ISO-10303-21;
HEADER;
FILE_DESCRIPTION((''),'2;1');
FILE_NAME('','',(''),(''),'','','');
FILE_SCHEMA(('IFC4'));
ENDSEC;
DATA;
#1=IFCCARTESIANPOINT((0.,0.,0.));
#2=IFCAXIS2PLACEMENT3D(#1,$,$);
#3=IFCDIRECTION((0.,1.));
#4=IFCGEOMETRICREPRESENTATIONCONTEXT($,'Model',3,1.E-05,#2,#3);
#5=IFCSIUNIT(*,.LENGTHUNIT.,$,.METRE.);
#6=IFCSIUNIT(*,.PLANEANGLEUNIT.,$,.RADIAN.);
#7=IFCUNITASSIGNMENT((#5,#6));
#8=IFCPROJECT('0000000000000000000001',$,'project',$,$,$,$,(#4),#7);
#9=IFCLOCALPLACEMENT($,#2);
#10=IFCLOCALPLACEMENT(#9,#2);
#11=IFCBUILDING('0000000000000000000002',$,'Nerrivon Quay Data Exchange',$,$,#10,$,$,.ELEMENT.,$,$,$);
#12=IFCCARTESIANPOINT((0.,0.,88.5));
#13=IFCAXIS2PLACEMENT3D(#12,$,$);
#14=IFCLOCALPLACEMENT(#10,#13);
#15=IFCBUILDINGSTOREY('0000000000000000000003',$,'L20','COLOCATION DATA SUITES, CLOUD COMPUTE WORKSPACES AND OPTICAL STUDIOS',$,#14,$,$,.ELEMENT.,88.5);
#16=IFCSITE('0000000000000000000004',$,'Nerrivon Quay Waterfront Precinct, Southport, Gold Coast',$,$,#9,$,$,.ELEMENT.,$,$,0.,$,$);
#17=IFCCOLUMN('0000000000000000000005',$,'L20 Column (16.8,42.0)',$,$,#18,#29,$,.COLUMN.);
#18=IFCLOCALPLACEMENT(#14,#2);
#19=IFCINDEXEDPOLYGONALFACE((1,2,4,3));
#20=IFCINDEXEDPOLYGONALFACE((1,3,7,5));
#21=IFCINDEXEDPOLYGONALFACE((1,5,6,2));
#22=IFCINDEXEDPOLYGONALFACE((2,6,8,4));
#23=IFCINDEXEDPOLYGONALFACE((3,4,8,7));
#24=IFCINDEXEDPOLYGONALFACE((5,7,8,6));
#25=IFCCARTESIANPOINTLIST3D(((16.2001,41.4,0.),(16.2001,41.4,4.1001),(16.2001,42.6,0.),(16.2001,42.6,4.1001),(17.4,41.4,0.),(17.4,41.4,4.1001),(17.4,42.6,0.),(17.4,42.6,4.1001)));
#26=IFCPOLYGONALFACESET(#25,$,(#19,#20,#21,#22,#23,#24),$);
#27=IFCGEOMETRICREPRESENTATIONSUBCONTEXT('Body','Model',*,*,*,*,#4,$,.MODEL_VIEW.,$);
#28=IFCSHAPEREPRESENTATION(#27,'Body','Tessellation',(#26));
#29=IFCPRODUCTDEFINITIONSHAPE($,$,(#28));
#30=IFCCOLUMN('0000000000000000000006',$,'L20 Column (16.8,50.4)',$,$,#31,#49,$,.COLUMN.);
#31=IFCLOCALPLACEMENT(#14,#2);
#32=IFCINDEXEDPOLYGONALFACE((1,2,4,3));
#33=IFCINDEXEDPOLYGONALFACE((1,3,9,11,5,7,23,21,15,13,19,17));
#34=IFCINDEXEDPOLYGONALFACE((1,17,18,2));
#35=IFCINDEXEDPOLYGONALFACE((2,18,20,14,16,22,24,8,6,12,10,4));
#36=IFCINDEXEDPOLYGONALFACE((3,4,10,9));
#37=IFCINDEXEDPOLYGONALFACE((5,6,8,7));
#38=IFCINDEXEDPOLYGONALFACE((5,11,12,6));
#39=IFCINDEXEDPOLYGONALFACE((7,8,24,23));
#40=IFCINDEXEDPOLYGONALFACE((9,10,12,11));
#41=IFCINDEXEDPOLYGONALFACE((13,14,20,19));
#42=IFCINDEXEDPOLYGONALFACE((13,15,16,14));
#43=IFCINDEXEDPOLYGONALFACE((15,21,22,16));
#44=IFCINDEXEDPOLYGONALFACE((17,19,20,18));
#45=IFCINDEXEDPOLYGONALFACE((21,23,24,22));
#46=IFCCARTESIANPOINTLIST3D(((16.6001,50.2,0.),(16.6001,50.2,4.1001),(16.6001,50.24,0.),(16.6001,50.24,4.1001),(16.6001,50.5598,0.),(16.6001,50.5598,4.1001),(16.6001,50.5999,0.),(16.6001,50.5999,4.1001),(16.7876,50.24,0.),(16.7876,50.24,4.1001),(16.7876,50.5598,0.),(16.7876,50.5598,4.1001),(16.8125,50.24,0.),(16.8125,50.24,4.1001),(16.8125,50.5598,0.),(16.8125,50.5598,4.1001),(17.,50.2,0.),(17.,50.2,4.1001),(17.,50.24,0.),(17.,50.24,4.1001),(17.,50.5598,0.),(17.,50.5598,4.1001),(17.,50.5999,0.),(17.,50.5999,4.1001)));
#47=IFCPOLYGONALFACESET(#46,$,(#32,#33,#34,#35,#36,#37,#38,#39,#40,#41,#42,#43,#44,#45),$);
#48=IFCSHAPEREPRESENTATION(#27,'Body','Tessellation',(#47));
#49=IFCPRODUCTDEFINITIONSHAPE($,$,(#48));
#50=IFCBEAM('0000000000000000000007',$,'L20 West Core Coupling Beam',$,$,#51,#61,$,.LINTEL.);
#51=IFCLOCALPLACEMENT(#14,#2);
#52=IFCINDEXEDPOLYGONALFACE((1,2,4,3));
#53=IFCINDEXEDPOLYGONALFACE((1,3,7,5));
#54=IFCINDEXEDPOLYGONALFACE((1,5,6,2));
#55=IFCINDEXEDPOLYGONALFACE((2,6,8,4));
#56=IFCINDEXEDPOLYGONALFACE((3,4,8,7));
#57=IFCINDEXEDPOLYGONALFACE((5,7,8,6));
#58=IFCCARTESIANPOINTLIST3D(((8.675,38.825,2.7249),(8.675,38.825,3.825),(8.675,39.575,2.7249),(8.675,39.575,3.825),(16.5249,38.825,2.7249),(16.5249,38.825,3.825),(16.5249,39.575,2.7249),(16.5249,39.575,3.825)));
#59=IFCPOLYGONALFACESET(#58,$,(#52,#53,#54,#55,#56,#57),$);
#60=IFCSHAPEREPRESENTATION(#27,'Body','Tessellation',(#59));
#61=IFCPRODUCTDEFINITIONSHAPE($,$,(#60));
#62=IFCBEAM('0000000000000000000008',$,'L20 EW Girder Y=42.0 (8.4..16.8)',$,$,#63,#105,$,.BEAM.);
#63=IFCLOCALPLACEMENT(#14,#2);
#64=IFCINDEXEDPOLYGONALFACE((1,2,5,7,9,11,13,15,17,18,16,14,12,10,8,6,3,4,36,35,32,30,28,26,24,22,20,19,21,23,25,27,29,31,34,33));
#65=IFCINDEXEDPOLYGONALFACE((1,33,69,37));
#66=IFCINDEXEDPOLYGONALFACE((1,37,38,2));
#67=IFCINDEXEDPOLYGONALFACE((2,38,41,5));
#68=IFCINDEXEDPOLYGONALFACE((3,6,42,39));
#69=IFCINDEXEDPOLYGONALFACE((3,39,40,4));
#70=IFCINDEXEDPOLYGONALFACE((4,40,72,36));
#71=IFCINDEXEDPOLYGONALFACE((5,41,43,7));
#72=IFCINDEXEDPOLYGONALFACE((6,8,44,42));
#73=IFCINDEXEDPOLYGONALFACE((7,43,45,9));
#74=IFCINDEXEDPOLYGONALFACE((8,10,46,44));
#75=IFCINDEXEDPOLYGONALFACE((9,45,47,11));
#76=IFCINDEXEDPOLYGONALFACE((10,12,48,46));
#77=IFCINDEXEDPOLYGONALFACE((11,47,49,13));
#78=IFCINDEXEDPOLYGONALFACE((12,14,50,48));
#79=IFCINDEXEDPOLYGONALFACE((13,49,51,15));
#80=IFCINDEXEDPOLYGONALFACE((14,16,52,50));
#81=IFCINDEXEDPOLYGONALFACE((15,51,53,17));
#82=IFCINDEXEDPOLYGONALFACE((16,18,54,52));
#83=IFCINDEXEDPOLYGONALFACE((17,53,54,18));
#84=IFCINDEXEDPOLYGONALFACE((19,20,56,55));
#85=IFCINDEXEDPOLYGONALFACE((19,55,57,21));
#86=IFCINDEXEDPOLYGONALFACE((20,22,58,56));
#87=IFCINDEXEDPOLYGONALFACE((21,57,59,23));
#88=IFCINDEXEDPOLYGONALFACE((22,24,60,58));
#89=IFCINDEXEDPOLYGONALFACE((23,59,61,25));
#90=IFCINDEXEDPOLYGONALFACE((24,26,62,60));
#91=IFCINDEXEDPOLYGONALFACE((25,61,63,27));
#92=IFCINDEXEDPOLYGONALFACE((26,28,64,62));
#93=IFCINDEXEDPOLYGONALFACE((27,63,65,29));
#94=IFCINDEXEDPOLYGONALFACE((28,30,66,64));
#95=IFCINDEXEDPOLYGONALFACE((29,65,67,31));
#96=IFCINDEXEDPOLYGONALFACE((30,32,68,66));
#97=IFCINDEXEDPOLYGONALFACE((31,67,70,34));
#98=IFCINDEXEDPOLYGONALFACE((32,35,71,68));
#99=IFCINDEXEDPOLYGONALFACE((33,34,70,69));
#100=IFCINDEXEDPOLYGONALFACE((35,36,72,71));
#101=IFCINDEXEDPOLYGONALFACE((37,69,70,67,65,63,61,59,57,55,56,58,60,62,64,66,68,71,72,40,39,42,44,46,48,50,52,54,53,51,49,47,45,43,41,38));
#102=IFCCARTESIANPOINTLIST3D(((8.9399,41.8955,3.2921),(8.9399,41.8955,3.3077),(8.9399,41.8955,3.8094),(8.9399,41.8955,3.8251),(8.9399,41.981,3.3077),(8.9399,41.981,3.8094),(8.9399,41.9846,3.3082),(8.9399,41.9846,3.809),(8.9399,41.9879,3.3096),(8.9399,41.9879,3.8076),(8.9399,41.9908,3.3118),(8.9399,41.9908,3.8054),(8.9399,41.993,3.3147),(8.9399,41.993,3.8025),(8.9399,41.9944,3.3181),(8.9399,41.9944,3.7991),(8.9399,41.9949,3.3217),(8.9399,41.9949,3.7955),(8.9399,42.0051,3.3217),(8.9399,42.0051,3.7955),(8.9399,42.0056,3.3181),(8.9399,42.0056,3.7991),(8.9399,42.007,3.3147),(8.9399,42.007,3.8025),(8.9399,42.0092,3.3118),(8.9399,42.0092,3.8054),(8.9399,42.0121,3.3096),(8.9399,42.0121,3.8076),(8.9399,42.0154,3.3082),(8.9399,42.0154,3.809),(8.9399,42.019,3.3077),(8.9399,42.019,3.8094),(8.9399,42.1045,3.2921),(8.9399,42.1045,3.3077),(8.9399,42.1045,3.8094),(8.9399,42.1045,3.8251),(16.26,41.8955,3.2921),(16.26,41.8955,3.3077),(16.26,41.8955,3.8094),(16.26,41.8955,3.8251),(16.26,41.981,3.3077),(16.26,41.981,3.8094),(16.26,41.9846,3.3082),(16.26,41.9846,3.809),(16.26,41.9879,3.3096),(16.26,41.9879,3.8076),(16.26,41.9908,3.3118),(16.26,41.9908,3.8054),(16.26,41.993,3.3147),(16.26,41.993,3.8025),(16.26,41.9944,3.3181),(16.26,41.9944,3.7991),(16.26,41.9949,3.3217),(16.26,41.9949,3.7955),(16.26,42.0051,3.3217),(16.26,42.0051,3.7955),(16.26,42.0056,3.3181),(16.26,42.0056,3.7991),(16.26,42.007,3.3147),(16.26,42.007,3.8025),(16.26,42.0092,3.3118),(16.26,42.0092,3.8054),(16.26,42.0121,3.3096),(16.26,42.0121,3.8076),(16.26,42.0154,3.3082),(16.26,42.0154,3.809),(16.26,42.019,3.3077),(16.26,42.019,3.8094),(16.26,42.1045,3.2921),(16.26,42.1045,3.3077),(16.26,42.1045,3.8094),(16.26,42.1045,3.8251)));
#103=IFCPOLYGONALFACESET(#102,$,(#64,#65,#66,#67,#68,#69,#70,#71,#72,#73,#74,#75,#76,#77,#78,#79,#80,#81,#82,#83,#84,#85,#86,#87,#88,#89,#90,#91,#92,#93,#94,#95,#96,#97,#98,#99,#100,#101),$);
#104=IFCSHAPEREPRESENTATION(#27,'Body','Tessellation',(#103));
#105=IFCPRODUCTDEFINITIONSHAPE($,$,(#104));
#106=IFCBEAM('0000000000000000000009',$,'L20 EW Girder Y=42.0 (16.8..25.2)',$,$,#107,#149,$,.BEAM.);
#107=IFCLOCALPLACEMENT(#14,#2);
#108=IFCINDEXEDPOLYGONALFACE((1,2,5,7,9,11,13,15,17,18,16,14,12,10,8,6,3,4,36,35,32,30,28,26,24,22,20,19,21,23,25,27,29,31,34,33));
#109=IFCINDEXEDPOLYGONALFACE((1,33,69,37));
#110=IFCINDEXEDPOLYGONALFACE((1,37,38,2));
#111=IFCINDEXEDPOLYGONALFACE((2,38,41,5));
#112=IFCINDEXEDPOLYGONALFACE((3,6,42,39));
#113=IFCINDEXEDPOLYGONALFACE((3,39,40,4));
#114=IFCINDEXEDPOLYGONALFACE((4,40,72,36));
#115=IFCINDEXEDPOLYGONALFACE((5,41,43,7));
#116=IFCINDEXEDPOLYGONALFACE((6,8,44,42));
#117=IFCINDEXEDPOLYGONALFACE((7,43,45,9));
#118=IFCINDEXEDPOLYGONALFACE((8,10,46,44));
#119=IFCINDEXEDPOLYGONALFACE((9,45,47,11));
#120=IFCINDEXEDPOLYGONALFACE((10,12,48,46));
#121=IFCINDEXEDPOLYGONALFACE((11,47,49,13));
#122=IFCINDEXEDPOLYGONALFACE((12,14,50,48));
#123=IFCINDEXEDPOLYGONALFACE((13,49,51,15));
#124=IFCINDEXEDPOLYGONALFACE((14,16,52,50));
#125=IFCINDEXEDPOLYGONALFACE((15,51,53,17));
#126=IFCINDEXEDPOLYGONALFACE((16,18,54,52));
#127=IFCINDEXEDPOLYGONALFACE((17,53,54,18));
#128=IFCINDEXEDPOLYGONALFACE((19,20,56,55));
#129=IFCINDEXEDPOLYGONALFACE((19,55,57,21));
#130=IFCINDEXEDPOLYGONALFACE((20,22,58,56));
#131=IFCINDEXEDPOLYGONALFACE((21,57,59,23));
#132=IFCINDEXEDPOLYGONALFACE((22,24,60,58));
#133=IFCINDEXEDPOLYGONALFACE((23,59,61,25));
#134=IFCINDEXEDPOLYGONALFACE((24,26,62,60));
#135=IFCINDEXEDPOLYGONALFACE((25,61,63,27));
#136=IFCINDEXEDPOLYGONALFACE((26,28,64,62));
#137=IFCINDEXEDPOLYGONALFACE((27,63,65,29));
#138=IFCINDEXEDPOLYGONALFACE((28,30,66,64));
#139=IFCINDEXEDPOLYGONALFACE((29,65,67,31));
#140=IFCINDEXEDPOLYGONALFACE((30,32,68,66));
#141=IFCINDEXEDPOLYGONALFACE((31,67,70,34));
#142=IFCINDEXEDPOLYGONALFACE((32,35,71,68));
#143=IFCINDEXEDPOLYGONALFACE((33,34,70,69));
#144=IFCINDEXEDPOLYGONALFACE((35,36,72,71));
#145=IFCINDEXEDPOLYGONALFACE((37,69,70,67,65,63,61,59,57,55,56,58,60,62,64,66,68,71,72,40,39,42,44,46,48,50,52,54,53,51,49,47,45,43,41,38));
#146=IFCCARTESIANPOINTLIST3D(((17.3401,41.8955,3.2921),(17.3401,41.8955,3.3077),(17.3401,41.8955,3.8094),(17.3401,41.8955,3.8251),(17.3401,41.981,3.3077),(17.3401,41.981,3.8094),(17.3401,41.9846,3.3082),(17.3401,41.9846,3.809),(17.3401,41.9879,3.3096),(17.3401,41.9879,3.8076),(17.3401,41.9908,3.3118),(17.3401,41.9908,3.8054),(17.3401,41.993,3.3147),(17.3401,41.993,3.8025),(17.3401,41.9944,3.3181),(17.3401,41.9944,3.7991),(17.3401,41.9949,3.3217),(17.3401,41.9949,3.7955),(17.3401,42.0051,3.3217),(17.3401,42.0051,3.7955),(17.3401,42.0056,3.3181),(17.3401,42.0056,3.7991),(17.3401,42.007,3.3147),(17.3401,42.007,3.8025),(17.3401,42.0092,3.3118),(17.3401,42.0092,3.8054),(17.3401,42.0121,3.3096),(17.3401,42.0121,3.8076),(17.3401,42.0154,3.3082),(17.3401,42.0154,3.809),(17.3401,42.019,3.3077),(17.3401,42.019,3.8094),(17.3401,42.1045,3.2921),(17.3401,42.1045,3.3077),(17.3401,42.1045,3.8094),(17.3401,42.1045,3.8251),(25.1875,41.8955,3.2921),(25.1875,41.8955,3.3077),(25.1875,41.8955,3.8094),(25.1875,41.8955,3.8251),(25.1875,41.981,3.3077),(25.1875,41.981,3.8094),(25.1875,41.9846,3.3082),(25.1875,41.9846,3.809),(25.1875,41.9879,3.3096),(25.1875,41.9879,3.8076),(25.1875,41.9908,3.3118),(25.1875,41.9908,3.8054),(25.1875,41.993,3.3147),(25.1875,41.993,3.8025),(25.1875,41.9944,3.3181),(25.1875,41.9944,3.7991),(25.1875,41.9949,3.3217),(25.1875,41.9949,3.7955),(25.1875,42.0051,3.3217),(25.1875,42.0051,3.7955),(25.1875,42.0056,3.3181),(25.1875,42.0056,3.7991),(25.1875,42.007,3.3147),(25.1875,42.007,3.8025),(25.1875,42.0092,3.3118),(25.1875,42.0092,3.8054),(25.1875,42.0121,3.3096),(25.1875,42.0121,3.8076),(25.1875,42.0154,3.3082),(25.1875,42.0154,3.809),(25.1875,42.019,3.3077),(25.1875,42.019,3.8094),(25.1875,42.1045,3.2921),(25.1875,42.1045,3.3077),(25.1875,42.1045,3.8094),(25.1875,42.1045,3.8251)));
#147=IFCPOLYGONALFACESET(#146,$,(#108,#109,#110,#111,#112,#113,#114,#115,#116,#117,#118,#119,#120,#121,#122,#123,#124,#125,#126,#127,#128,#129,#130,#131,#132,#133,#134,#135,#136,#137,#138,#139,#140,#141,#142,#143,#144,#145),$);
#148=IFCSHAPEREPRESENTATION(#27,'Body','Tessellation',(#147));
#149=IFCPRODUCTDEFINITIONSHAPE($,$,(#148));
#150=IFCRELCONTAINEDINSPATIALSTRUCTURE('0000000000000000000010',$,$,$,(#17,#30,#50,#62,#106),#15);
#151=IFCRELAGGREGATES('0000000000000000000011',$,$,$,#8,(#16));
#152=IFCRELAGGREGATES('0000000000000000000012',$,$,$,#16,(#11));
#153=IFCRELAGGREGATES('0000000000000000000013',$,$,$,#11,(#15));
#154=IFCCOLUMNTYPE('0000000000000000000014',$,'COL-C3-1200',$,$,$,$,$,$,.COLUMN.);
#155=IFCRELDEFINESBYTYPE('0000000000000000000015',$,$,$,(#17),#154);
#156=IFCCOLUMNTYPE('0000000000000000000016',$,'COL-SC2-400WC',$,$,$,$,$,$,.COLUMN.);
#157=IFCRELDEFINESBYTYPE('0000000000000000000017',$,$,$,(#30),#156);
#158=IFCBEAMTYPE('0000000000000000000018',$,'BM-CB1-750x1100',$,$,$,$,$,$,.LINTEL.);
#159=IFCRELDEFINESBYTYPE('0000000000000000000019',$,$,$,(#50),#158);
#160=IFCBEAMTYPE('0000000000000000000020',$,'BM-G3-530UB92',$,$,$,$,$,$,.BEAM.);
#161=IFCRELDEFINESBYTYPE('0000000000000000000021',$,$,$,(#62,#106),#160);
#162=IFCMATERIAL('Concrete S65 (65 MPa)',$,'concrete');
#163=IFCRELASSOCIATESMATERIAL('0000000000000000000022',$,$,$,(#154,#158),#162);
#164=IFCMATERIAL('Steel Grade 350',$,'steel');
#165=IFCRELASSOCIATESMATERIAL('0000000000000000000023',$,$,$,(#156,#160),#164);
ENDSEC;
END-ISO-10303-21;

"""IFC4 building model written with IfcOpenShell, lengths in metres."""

from ifc_helpers import new_model, si_unit, direction, frame, origin, origin_2d, place, context, subcontext, project, spatial, rectangle, i_section, extrude, material, material_profile, profile_set, type_object, element, save


model = new_model("IFC4")

# Units and contexts
model_context = context("Model", 3, precision=1e-05, world=origin(), true_north=direction((0.0, 1.0)))
body_context = subcontext(model_context, "Body", "Model", "MODEL_VIEW")
ifc_project = project(units=[si_unit("LENGTHUNIT", "METRE"), si_unit("PLANEANGLEUNIT", "RADIAN")], contexts=[model_context])

# Site, building, storey
site_placement = place(None, origin())
site = spatial("IfcSite", under=ifc_project, at=site_placement, Name="Nerrivon Quay Waterfront Precinct, Southport, Gold Coast", CompositionType="ELEMENT", RefElevation=0.0)
building_placement = place(site_placement, origin())
building = spatial("IfcBuilding", under=site, at=building_placement, Name="Nerrivon Quay Data Exchange", CompositionType="ELEMENT")
storey_placement = place(building_placement, frame((0.0, 0.0, 88.5)))
storey = spatial("IfcBuildingStorey", under=building, at=storey_placement, Name="L20", Description="COLOCATION DATA SUITES, CLOUD COMPUTE WORKSPACES AND OPTICAL STUDIOS", CompositionType="ELEMENT", Elevation=88.5)

# Columns
ifc_material_1 = material(Name="Concrete S65 (65 MPa)", Category="concrete")
ifc_material_profile_1 = material_profile(ifc_material_1, rectangle(XDim=1.2, YDim=1.2, at=origin_2d()), Name="RC-COL-1200x1200")
ifc_profile_set_1 = profile_set([ifc_material_profile_1], Name="Concrete S65 (65 MPa)")
column_type_1 = type_object("IfcColumnType", Name="COL-C3-1200", PredefinedType="COLUMN", material=ifc_profile_set_1)
column_1_placement = place(storey_placement, frame((16.8, 42.0, 0.0), z_axis=(0.0, 0.0, 1.0), x_axis=(1.0, 0.0, 0.0)))
element("IfcColumn", 1, at=column_1_placement, inside=storey, type_object=column_type_1, Name="L20 Column (16.8,42.0)", PredefinedType="COLUMN", context=body_context, shape_type="SweptSolid", body=[
    extrude(rectangle(XDim=1.2, YDim=1.2, at=origin_2d()), origin(), (0.0, 0.0, 1.0), 4.1001),
])
ifc_material_2 = material(Name="Steel Grade 350", Category="steel")
ifc_material_profile_2 = material_profile(ifc_material_2, i_section(OverallWidth=0.3999, OverallDepth=0.3999, WebThickness=0.0249, FlangeThickness=0.04, at=origin_2d()), Name="400WC328")
ifc_profile_set_2 = profile_set([ifc_material_profile_2], Name="Steel Grade 350")
column_type_2 = type_object("IfcColumnType", Name="COL-SC2-400WC", PredefinedType="COLUMN", material=ifc_profile_set_2)
column_2_placement = place(storey_placement, frame((16.8, 50.3999, 0.0), z_axis=(0.0, 0.0, 1.0), x_axis=(1.0, 0.0, 0.0)))
element("IfcColumn", 2, at=column_2_placement, inside=storey, type_object=column_type_2, Name="L20 Column (16.8,50.4)", PredefinedType="COLUMN", context=body_context, shape_type="SweptSolid", body=[
    extrude(i_section(OverallWidth=0.3999, OverallDepth=0.3999, WebThickness=0.0249, FlangeThickness=0.04, at=origin_2d()), origin(), (0.0, 0.0, 1.0), 4.1001),
])

# Beams
ifc_material_profile_3 = material_profile(ifc_material_1, rectangle(XDim=0.75, YDim=1.1001, at=origin_2d()), Name="RC-CB-750x1100")
ifc_profile_set_3 = profile_set([ifc_material_profile_3], Name="Concrete S65 (65 MPa)")
beam_type_1 = type_object("IfcBeamType", Name="BM-CB1-750x1100", PredefinedType="LINTEL", material=ifc_profile_set_3)
beam_1_placement = place(storey_placement, frame((8.675, 39.2, 3.2749), z_axis=(1.0, 0.0, 0.0), x_axis=(0.0, 1.0, 0.0)))
element("IfcBeam", 3, at=beam_1_placement, inside=storey, type_object=beam_type_1, Name="L20 West Core Coupling Beam", PredefinedType="LINTEL", context=body_context, shape_type="SweptSolid", body=[
    extrude(rectangle(XDim=0.75, YDim=1.1001, at=origin_2d()), origin(), (0.0, 0.0, 1.0), 7.8499),
])
ifc_material_profile_4 = material_profile(ifc_material_2, i_section(OverallWidth=0.209, OverallDepth=0.533, WebThickness=0.0103, FlangeThickness=0.0156, FilletRadius=0.0139, at=origin_2d()), Name="530UB92.4")
ifc_profile_set_4 = profile_set([ifc_material_profile_4], Name="Steel Grade 350")
beam_type_2 = type_object("IfcBeamType", Name="BM-G3-530UB92", PredefinedType="BEAM", material=ifc_profile_set_4)
beam_2_placement = place(storey_placement, frame((8.9399, 42.0, 3.5586), z_axis=(1.0, 0.0, 0.0), x_axis=(0.0, 1.0, 0.0)))
element("IfcBeam", 4, at=beam_2_placement, inside=storey, type_object=beam_type_2, Name="L20 EW Girder Y=42.0 (8.4..16.8)", PredefinedType="BEAM", context=body_context, shape_type="SweptSolid", body=[
    extrude(i_section(OverallWidth=0.209, OverallDepth=0.533, WebThickness=0.0103, FlangeThickness=0.0156, FilletRadius=0.0139, at=origin_2d()), origin(), (0.0, 0.0, 1.0), 7.3201),
])
beam_3_placement = place(storey_placement, frame((17.3401, 42.0, 3.5586), z_axis=(1.0, 0.0, 0.0), x_axis=(0.0, 1.0, 0.0)))
element("IfcBeam", 5, at=beam_3_placement, inside=storey, type_object=beam_type_2, Name="L20 EW Girder Y=42.0 (16.8..25.2)", PredefinedType="BEAM", context=body_context, shape_type="SweptSolid", body=[
    extrude(i_section(OverallWidth=0.209, OverallDepth=0.533, WebThickness=0.0103, FlangeThickness=0.0156, FilletRadius=0.0139, at=origin_2d()), origin(), (0.0, 0.0, 1.0), 7.8474),
])

save(model, "model.ifc")
